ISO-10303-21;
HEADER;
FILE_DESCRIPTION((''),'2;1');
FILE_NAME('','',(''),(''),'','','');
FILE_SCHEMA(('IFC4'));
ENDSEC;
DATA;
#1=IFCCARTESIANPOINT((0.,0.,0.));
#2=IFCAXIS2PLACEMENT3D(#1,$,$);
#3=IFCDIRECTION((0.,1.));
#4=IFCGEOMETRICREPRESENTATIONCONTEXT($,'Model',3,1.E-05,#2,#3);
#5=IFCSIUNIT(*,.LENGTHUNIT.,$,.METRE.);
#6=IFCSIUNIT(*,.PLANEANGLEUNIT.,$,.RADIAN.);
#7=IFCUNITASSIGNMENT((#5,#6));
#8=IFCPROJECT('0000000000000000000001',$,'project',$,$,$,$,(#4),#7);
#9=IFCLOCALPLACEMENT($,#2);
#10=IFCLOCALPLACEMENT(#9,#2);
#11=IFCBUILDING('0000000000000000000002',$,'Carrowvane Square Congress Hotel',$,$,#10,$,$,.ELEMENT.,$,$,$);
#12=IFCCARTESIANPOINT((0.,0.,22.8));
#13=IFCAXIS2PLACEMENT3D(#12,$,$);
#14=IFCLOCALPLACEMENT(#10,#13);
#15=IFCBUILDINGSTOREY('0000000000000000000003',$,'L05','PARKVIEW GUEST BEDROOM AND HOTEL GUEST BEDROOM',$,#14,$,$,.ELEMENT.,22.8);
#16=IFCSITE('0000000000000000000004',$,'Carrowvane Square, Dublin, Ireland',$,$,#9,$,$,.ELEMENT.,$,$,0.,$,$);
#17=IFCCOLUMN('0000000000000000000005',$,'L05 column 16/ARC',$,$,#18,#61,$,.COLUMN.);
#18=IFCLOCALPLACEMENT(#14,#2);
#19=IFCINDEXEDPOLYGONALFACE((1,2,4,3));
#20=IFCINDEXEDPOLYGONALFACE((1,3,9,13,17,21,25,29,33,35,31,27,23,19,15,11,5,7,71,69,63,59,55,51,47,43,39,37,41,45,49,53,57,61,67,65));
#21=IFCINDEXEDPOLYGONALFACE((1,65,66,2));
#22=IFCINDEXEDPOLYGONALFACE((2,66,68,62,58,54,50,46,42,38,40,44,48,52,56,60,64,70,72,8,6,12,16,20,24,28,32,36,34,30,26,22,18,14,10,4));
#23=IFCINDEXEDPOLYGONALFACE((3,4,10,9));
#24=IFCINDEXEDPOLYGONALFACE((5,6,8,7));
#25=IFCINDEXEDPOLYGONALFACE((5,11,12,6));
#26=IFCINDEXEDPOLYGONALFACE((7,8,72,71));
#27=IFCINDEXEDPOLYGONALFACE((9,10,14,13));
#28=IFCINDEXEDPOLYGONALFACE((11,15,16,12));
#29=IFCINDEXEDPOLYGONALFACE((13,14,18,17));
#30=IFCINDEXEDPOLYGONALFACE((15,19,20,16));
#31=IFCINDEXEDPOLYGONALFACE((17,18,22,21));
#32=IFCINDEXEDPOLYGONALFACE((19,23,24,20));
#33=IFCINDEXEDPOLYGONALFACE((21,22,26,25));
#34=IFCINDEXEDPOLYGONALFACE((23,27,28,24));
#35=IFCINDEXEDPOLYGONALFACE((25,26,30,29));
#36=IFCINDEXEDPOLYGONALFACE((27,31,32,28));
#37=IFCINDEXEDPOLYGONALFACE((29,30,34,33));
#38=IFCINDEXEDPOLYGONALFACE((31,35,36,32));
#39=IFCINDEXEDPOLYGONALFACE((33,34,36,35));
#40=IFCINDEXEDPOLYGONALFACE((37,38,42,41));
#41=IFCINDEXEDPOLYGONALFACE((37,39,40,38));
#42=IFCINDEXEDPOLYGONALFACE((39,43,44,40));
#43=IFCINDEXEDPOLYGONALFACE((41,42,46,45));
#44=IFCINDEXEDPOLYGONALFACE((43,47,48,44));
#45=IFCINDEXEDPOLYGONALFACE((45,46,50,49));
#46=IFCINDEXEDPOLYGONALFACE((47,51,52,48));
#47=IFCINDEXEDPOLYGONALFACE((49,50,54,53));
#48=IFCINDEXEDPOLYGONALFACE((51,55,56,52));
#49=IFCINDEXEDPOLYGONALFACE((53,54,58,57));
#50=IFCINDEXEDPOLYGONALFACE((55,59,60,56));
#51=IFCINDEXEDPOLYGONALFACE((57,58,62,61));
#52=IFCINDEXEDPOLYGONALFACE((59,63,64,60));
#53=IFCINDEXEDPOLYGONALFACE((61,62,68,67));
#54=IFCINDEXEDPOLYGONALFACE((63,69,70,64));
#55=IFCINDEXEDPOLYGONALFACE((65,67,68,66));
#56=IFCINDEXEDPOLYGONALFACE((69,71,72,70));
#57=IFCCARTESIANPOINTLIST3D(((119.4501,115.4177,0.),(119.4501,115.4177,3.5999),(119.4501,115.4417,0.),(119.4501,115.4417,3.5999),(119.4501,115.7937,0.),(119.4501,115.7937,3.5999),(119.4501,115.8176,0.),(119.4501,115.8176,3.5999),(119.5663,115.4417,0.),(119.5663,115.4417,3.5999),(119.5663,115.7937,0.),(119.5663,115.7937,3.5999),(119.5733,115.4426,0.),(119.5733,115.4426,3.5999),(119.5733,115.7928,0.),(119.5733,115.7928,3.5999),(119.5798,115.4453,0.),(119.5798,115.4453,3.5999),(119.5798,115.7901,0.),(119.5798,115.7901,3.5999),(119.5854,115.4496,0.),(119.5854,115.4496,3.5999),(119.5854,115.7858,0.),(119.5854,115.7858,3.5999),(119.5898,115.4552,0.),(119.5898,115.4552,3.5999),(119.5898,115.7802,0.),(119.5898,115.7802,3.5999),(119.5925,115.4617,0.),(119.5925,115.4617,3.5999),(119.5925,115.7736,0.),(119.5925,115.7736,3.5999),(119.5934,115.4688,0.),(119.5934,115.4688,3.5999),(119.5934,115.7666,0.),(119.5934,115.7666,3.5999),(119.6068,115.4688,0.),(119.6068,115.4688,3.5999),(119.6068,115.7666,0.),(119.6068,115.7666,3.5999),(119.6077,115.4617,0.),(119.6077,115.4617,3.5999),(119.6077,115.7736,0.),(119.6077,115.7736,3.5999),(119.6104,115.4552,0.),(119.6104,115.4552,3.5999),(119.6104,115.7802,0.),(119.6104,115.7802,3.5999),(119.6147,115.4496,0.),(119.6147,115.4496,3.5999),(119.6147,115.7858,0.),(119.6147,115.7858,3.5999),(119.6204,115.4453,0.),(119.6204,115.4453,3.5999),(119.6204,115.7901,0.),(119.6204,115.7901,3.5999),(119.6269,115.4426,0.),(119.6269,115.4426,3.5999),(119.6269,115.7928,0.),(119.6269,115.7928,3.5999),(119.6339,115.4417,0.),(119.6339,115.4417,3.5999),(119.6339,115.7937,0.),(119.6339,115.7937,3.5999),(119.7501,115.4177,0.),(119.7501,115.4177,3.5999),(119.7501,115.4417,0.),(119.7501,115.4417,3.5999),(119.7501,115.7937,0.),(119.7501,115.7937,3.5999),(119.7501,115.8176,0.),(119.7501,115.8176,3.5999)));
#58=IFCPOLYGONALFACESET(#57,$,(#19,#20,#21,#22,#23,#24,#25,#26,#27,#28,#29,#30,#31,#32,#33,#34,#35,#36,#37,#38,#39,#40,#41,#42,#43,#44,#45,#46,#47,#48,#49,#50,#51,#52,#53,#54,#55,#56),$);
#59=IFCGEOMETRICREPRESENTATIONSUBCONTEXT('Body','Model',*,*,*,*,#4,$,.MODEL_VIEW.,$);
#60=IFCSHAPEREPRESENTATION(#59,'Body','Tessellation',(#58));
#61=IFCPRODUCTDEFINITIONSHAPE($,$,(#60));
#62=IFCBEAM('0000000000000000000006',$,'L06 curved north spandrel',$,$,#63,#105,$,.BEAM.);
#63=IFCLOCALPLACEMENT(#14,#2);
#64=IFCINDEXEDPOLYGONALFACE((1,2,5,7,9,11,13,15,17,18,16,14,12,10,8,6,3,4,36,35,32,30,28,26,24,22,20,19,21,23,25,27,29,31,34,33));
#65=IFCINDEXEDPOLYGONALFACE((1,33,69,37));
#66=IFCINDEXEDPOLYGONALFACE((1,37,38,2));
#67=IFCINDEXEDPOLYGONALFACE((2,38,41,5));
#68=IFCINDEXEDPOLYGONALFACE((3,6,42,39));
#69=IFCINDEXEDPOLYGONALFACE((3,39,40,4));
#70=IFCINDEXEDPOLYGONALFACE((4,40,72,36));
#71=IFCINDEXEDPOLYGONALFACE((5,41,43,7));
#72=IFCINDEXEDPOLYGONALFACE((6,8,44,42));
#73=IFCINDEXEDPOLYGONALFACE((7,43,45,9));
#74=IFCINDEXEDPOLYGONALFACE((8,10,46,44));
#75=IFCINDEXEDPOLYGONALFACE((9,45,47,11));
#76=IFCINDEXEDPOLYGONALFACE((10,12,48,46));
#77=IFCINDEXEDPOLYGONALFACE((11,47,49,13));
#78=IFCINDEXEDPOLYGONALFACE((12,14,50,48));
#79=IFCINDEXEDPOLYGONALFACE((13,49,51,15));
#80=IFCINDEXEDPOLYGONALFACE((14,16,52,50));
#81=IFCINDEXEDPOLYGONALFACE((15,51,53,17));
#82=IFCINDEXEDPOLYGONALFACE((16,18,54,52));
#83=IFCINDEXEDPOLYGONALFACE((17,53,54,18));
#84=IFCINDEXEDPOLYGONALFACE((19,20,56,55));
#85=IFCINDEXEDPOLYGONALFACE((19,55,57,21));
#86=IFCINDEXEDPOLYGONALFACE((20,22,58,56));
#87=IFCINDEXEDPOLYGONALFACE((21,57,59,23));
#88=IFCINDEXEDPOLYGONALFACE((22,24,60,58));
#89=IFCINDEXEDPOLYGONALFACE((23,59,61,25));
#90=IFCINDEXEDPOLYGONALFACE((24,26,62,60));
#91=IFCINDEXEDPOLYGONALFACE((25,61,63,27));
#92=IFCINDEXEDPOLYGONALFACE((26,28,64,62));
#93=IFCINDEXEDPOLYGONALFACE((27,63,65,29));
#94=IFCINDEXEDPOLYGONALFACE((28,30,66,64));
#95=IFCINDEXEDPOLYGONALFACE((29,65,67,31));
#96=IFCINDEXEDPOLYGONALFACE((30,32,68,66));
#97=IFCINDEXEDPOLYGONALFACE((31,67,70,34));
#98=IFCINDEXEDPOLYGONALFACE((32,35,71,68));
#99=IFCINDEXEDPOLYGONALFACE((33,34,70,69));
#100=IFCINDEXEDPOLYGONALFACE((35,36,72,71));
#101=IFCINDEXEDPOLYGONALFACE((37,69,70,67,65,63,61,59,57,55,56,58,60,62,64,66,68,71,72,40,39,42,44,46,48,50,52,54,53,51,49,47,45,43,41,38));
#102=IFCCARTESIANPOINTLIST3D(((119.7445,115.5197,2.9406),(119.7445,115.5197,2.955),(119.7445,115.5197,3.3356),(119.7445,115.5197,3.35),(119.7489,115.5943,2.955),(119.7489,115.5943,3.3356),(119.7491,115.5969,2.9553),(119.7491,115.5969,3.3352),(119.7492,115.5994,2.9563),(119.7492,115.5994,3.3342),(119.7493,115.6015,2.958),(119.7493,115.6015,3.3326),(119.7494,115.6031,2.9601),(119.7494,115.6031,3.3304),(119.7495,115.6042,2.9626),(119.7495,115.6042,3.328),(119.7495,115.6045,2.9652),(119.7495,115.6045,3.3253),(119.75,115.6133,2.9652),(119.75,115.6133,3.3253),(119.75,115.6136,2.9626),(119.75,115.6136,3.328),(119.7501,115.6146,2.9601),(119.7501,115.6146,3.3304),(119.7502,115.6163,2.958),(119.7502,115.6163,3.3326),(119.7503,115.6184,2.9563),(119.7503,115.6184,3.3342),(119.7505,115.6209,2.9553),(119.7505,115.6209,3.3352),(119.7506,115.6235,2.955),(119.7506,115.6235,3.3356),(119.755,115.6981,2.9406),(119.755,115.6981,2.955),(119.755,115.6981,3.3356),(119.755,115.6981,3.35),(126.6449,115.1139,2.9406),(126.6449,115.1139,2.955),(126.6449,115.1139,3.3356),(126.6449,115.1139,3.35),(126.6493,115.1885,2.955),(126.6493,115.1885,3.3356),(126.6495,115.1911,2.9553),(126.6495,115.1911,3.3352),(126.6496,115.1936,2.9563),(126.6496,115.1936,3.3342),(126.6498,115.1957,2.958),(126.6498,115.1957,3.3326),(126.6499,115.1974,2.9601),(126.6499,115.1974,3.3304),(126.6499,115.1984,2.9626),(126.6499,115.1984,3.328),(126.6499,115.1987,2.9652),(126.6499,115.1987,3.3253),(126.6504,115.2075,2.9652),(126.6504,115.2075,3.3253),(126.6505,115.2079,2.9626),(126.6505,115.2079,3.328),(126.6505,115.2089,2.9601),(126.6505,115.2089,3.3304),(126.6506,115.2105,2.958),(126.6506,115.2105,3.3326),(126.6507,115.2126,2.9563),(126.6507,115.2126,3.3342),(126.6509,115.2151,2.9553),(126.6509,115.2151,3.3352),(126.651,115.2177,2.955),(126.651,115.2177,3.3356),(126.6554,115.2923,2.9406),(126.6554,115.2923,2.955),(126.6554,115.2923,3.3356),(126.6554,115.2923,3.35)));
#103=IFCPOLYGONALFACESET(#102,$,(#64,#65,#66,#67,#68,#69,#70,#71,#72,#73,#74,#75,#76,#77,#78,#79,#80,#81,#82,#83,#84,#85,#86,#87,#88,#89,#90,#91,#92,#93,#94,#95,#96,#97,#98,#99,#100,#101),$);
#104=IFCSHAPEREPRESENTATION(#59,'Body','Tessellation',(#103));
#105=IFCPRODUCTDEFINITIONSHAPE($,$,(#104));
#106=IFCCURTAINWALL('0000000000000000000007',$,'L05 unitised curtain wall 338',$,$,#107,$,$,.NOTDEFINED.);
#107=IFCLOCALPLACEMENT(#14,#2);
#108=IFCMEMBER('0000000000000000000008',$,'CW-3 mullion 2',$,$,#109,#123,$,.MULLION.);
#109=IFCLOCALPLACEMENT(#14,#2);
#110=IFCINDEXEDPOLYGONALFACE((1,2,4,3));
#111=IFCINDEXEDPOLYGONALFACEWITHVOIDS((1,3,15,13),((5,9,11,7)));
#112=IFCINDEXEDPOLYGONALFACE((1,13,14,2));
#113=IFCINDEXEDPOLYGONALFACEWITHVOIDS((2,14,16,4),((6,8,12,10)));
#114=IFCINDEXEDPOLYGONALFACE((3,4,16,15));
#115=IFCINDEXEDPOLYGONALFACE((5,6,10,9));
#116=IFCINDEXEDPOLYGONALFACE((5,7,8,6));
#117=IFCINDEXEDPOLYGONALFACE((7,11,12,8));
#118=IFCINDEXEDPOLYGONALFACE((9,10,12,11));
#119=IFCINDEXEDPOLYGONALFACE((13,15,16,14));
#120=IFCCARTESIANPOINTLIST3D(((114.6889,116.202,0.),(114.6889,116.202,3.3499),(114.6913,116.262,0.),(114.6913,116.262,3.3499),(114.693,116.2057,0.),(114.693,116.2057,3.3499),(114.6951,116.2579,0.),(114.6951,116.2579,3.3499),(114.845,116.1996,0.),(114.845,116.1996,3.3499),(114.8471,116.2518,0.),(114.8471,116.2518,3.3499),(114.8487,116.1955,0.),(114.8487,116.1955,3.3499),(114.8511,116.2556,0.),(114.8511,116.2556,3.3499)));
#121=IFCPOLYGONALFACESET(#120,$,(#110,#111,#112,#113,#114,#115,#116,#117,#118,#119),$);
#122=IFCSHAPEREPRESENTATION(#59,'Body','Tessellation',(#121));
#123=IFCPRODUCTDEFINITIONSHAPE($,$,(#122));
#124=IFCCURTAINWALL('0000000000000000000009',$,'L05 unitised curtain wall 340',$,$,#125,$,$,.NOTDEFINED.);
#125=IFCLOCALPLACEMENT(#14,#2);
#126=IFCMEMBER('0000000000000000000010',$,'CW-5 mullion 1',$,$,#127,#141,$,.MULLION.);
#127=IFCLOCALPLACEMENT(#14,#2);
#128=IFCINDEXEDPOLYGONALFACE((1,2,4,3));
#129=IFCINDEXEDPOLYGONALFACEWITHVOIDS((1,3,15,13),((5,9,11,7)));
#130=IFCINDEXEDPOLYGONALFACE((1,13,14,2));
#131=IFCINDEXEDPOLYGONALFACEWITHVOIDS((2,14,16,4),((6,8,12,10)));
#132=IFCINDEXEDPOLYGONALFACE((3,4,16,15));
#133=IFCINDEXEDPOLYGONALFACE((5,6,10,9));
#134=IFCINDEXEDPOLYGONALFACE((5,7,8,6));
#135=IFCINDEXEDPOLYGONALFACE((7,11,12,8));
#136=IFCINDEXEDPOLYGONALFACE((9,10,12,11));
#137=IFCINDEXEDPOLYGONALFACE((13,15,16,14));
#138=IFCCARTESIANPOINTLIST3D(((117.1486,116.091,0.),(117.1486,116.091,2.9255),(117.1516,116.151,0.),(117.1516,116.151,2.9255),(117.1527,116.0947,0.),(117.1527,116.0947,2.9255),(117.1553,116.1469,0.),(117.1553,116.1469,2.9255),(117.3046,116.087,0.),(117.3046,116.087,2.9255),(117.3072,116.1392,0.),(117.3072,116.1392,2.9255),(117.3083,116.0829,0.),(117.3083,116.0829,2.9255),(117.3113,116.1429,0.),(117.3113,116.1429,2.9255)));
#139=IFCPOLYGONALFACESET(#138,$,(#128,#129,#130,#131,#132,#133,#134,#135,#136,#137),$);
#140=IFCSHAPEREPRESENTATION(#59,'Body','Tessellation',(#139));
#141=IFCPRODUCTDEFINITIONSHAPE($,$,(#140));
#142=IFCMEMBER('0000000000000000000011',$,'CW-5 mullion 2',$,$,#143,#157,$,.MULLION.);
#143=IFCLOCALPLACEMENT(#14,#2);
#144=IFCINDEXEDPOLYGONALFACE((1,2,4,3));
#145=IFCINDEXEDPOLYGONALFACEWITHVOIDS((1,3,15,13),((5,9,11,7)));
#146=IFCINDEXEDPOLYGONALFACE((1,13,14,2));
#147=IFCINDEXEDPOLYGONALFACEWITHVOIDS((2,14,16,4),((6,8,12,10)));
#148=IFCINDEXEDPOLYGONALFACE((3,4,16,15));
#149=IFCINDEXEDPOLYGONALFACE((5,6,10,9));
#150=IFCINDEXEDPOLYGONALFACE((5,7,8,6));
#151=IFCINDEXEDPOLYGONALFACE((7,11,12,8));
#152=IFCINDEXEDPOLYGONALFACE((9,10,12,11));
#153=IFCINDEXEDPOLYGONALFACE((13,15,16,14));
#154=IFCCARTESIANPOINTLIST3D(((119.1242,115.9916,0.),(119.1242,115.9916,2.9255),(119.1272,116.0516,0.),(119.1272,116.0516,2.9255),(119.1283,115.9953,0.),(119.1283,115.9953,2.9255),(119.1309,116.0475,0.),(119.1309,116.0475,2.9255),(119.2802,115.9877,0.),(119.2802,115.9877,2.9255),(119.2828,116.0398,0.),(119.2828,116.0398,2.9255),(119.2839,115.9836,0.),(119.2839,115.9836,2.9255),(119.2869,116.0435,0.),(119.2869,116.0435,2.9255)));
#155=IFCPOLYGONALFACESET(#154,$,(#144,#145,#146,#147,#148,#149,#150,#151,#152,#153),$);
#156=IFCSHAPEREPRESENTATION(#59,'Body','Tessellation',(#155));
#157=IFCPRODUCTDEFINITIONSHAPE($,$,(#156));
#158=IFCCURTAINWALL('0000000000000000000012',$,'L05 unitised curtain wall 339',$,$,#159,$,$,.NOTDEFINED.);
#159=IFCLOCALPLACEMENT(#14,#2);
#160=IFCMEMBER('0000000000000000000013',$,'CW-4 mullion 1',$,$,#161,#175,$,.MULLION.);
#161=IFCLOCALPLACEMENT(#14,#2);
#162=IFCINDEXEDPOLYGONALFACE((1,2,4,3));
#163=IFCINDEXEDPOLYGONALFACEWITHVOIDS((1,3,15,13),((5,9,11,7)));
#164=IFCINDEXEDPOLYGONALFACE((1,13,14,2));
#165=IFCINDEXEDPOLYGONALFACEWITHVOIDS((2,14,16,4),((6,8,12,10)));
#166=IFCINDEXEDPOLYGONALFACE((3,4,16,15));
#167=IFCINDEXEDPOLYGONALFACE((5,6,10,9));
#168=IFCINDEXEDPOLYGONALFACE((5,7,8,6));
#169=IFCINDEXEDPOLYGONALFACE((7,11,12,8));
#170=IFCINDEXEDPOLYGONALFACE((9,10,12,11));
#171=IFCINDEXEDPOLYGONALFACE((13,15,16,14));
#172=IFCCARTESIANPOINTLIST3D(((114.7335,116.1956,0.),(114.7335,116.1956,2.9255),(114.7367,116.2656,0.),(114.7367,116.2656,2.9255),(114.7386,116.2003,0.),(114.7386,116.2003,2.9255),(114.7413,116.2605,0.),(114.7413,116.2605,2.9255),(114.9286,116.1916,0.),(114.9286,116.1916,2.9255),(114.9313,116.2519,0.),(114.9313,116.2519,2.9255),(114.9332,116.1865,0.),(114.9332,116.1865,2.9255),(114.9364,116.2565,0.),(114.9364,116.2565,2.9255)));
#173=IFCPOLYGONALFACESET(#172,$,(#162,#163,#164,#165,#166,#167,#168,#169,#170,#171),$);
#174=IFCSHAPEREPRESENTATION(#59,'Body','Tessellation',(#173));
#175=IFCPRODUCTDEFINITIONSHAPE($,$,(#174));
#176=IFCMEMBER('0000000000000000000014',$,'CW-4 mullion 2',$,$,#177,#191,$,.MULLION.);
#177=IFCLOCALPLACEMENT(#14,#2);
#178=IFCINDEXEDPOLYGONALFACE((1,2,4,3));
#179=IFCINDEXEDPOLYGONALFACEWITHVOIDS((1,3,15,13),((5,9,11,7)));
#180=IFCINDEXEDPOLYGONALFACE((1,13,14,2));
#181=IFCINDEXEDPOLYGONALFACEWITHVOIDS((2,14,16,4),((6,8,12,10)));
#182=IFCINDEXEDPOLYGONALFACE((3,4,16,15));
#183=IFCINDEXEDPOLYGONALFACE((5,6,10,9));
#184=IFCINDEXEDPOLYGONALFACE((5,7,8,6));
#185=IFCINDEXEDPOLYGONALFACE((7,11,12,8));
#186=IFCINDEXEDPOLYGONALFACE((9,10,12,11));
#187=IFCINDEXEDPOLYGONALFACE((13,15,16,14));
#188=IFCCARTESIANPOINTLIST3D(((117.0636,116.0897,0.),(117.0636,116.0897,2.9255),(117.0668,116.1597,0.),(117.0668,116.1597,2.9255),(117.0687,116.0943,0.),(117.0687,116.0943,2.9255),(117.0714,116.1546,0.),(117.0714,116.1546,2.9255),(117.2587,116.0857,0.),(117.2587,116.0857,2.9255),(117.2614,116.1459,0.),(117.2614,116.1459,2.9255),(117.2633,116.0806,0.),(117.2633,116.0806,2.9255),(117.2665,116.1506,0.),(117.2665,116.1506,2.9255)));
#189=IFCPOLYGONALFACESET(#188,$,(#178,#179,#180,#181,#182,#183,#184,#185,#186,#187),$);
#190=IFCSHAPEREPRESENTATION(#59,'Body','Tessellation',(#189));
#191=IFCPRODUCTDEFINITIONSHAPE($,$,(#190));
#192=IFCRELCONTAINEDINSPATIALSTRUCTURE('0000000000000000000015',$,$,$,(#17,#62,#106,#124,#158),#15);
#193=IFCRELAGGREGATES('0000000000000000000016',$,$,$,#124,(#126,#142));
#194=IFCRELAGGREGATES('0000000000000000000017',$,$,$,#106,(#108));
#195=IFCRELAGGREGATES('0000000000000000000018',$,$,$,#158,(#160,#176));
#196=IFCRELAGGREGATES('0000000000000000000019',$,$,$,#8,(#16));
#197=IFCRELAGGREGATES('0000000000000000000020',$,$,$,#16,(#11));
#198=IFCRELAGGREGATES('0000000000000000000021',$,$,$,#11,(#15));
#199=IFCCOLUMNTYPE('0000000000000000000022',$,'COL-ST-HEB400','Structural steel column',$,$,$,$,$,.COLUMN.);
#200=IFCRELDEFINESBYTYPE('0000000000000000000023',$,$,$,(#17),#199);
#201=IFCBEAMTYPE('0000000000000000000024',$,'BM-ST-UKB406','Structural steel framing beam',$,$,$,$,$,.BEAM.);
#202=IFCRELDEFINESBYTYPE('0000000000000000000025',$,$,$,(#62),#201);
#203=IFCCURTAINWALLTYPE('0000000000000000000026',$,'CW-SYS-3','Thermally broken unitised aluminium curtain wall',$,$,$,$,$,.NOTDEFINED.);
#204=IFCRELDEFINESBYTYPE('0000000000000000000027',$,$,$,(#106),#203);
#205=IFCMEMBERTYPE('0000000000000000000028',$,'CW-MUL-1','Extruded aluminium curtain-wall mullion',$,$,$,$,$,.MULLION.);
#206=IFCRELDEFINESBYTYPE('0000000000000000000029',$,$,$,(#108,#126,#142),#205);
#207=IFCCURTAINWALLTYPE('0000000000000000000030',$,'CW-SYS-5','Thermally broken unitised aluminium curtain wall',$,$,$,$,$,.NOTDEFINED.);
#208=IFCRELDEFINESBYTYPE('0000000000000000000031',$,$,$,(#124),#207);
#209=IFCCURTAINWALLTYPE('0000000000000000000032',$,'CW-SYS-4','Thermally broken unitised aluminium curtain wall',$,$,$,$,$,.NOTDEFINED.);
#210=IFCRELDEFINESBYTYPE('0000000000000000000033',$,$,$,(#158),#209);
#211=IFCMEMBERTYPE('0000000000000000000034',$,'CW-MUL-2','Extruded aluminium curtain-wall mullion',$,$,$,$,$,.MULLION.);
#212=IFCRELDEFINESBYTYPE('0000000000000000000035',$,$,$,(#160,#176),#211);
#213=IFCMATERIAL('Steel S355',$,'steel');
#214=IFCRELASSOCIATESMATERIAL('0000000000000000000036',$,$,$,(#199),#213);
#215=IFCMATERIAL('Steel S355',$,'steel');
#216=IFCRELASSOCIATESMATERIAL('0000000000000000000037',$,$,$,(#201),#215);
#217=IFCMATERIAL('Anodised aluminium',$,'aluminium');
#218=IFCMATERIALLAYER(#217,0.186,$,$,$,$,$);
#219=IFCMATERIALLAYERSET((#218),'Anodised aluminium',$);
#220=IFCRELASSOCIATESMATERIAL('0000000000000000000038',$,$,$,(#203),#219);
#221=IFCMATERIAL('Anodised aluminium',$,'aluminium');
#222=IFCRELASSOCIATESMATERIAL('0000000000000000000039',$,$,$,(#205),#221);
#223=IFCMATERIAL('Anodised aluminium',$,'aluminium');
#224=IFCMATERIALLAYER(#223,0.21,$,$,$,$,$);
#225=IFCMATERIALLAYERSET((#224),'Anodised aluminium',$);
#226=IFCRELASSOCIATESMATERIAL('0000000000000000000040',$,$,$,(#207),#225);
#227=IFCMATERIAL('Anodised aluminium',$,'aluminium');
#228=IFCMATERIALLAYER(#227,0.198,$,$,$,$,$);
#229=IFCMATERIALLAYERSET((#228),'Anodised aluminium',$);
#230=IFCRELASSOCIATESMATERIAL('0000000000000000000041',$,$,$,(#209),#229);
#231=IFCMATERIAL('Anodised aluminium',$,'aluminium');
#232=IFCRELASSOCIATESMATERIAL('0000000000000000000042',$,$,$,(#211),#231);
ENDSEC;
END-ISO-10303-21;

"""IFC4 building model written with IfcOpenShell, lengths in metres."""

from ifc_helpers import new_model, si_unit, direction, frame, origin, origin_2d, place, context, subcontext, project, spatial, hollow_rectangle, i_section, extrude, material, layer, layer_set, material_profile, profile_set, type_object, element, aggregate, save


model = new_model("IFC4")

# Units and contexts
model_context = context("Model", 3, precision=1e-05, world=origin(), true_north=direction((0.0, 1.0)))
body_context = subcontext(model_context, "Body", "Model", "MODEL_VIEW")
ifc_project = project(units=[si_unit("LENGTHUNIT", "METRE"), si_unit("PLANEANGLEUNIT", "RADIAN")], contexts=[model_context])

# Site, building, storey
site_placement = place(None, origin())
site = spatial("IfcSite", under=ifc_project, at=site_placement, Name="Carrowvane Square, Dublin, Ireland", CompositionType="ELEMENT", RefElevation=0.0)
building_placement = place(site_placement, origin())
building = spatial("IfcBuilding", under=site, at=building_placement, Name="Carrowvane Square Congress Hotel", CompositionType="ELEMENT")
storey_placement = place(building_placement, frame((0.0, 0.0, 22.8)))
storey = spatial("IfcBuildingStorey", under=building, at=storey_placement, Name="L05", Description="PARKVIEW GUEST BEDROOM AND HOTEL GUEST BEDROOM", CompositionType="ELEMENT", Elevation=22.8)

# Column
ifc_material_1 = material(Name="Steel S355", Category="steel")
ifc_material_profile_1 = material_profile(ifc_material_1, i_section(OverallWidth=0.3, OverallDepth=0.3999, WebThickness=0.0134, FlangeThickness=0.0239, FilletRadius=0.0271, at=origin_2d()), Name="HEB 400")
ifc_profile_set_1 = profile_set([ifc_material_profile_1], Name="Steel S355")
column_type = type_object("IfcColumnType", Name="COL-ST-HEB400", Description="Structural steel column", PredefinedType="COLUMN", material=ifc_profile_set_1)
column_placement = place(storey_placement, frame((119.6001, 115.6177, 0.0), z_axis=(0.0, 0.0, 1.0), x_axis=(1.0, 0.0, 0.0)))
element("IfcColumn", 1, at=column_placement, inside=storey, type_object=column_type, Name="L05 column 16/ARC", PredefinedType="COLUMN", context=body_context, shape_type="SweptSolid", body=[
    extrude(i_section(OverallWidth=0.3, OverallDepth=0.3999, WebThickness=0.0134, FlangeThickness=0.0239, FilletRadius=0.0271, at=origin_2d()), origin(), (0.0, 0.0, 1.0), 3.5999),
])

# Beam
ifc_material_2 = material(Name="Steel S355", Category="steel")
ifc_material_profile_2 = material_profile(ifc_material_2, i_section(OverallWidth=0.1787, OverallDepth=0.4094, WebThickness=0.0088, FlangeThickness=0.0144, FilletRadius=0.0103, at=origin_2d()), Name="UKB 406x178x67")
ifc_profile_set_2 = profile_set([ifc_material_profile_2], Name="Steel S355")
beam_type = type_object("IfcBeamType", Name="BM-ST-UKB406", Description="Structural steel framing beam", PredefinedType="BEAM", material=ifc_profile_set_2)
beam_placement = place(storey_placement, frame((119.7498, 115.6089, 3.1453), z_axis=(0.998276, -0.058701, 0.0), x_axis=(0.058701, 0.998276, 0.0)))
element("IfcBeam", 2, at=beam_placement, inside=storey, type_object=beam_type, Name="L06 curved north spandrel", PredefinedType="BEAM", context=body_context, shape_type="SweptSolid", body=[
    extrude(i_section(OverallWidth=0.1787, OverallDepth=0.4094, WebThickness=0.0088, FlangeThickness=0.0144, FilletRadius=0.0103, at=origin_2d()), origin(), (0.0, 0.0, 1.0), 6.9124),
])

# Curtain wall, member
ifc_material_3 = material(Name="Anodised aluminium", Category="aluminium")
ifc_layer_1 = layer(ifc_material_3, 0.186)
ifc_layer_set_1 = layer_set([ifc_layer_1], Name="Anodised aluminium")
curtain_wall_type_1 = type_object("IfcCurtainWallType", Name="CW-SYS-3", Description="Thermally broken unitised aluminium curtain wall", PredefinedType="NOTDEFINED", material=ifc_layer_set_1)
curtain_wall_1_placement = place(storey_placement, origin())
curtain_wall_1 = element("IfcCurtainWall", 3, at=curtain_wall_1_placement, inside=storey, type_object=curtain_wall_type_1, Name="L05 unitised curtain wall 338", PredefinedType="NOTDEFINED")
ifc_material_4 = material(Name="Anodised aluminium", Category="aluminium")
ifc_material_profile_3 = material_profile(ifc_material_4, hollow_rectangle(XDim=0.0601, YDim=0.1599, WallThickness=0.0039, at=origin_2d()), Name="CW-ML 60x160x4")
ifc_profile_set_3 = profile_set([ifc_material_profile_3], Name="Anodised aluminium")
member_type_1 = type_object("IfcMemberType", Name="CW-MUL-1", Description="Extruded aluminium curtain-wall mullion", PredefinedType="MULLION", material=ifc_profile_set_3)
member_1_placement = place(storey_placement, frame((114.77, 116.2288, 0.0), z_axis=(0.0, 0.0, 1.0), x_axis=(0.040131, 0.999194, 0.0)))
member_1 = element("IfcMember", 4, at=member_1_placement, type_object=member_type_1, Name="CW-3 mullion 2", PredefinedType="MULLION", context=body_context, shape_type="SweptSolid", body=[
    extrude(hollow_rectangle(XDim=0.0601, YDim=0.1599, WallThickness=0.0039, at=origin_2d()), origin(), (0.0, 0.0, 1.0), 3.3499),
])

# Curtain walls, members
ifc_material_5 = material(Name="Anodised aluminium", Category="aluminium")
ifc_layer_2 = layer(ifc_material_5, 0.21)
ifc_layer_set_2 = layer_set([ifc_layer_2], Name="Anodised aluminium")
curtain_wall_type_2 = type_object("IfcCurtainWallType", Name="CW-SYS-5", Description="Thermally broken unitised aluminium curtain wall", PredefinedType="NOTDEFINED", material=ifc_layer_set_2)
curtain_wall_2_placement = place(storey_placement, origin())
curtain_wall_2 = element("IfcCurtainWall", 5, at=curtain_wall_2_placement, inside=storey, type_object=curtain_wall_type_2, Name="L05 unitised curtain wall 340", PredefinedType="NOTDEFINED")
member_2_placement = place(storey_placement, frame((117.23, 116.1169, 0.0), z_axis=(0.0, 0.0, 1.0), x_axis=(0.050324, 0.998733, 0.0)))
member_2 = element("IfcMember", 6, at=member_2_placement, type_object=member_type_1, Name="CW-5 mullion 1", PredefinedType="MULLION", context=body_context, shape_type="SweptSolid", body=[
    extrude(hollow_rectangle(XDim=0.0601, YDim=0.1599, WallThickness=0.0039, at=origin_2d()), origin(), (0.0, 0.0, 1.0), 2.9255),
])
member_3_placement = place(storey_placement, frame((119.2056, 116.0176, 0.0), z_axis=(0.0, 0.0, 1.0), x_axis=(0.050324, 0.998733, 0.0)))
member_3 = element("IfcMember", 7, at=member_3_placement, type_object=member_type_1, Name="CW-5 mullion 2", PredefinedType="MULLION", context=body_context, shape_type="SweptSolid", body=[
    extrude(hollow_rectangle(XDim=0.0601, YDim=0.1599, WallThickness=0.0039, at=origin_2d()), origin(), (0.0, 0.0, 1.0), 2.9255),
])
ifc_material_6 = material(Name="Anodised aluminium", Category="aluminium")
ifc_layer_3 = layer(ifc_material_6, 0.198)
ifc_layer_set_3 = layer_set([ifc_layer_3], Name="Anodised aluminium")
curtain_wall_type_3 = type_object("IfcCurtainWallType", Name="CW-SYS-4", Description="Thermally broken unitised aluminium curtain wall", PredefinedType="NOTDEFINED", material=ifc_layer_set_3)
curtain_wall_3_placement = place(storey_placement, origin())
curtain_wall_3 = element("IfcCurtainWall", 8, at=curtain_wall_3_placement, inside=storey, type_object=curtain_wall_type_3, Name="L05 unitised curtain wall 339", PredefinedType="NOTDEFINED")
ifc_material_7 = material(Name="Anodised aluminium", Category="aluminium")
ifc_material_profile_4 = material_profile(ifc_material_7, hollow_rectangle(XDim=0.0701, YDim=0.2, WallThickness=0.0049, at=origin_2d()), Name="CW-ML 70x200x5")
ifc_profile_set_4 = profile_set([ifc_material_profile_4], Name="Anodised aluminium")
member_type_2 = type_object("IfcMemberType", Name="CW-MUL-2", Description="Extruded aluminium curtain-wall mullion", PredefinedType="MULLION", material=ifc_profile_set_4)
member_4_placement = place(storey_placement, frame((114.835, 116.2261, 0.0), z_axis=(0.0, 0.0, 1.0), x_axis=(0.045411, 0.998968, 0.0)))
member_4 = element("IfcMember", 9, at=member_4_placement, type_object=member_type_2, Name="CW-4 mullion 1", PredefinedType="MULLION", context=body_context, shape_type="SweptSolid", body=[
    extrude(hollow_rectangle(XDim=0.0701, YDim=0.2, WallThickness=0.0049, at=origin_2d()), origin(), (0.0, 0.0, 1.0), 2.9255),
])
member_5_placement = place(storey_placement, frame((117.165, 116.1201, 0.0), z_axis=(0.0, 0.0, 1.0), x_axis=(0.045411, 0.998968, 0.0)))
member_5 = element("IfcMember", 10, at=member_5_placement, type_object=member_type_2, Name="CW-4 mullion 2", PredefinedType="MULLION", context=body_context, shape_type="SweptSolid", body=[
    extrude(hollow_rectangle(XDim=0.0701, YDim=0.2, WallThickness=0.0049, at=origin_2d()), origin(), (0.0, 0.0, 1.0), 2.9255),
])

aggregate(curtain_wall_2, [member_2, member_3])
aggregate(curtain_wall_1, [member_1])
aggregate(curtain_wall_3, [member_4, member_5])

save(model, "model.ifc")
